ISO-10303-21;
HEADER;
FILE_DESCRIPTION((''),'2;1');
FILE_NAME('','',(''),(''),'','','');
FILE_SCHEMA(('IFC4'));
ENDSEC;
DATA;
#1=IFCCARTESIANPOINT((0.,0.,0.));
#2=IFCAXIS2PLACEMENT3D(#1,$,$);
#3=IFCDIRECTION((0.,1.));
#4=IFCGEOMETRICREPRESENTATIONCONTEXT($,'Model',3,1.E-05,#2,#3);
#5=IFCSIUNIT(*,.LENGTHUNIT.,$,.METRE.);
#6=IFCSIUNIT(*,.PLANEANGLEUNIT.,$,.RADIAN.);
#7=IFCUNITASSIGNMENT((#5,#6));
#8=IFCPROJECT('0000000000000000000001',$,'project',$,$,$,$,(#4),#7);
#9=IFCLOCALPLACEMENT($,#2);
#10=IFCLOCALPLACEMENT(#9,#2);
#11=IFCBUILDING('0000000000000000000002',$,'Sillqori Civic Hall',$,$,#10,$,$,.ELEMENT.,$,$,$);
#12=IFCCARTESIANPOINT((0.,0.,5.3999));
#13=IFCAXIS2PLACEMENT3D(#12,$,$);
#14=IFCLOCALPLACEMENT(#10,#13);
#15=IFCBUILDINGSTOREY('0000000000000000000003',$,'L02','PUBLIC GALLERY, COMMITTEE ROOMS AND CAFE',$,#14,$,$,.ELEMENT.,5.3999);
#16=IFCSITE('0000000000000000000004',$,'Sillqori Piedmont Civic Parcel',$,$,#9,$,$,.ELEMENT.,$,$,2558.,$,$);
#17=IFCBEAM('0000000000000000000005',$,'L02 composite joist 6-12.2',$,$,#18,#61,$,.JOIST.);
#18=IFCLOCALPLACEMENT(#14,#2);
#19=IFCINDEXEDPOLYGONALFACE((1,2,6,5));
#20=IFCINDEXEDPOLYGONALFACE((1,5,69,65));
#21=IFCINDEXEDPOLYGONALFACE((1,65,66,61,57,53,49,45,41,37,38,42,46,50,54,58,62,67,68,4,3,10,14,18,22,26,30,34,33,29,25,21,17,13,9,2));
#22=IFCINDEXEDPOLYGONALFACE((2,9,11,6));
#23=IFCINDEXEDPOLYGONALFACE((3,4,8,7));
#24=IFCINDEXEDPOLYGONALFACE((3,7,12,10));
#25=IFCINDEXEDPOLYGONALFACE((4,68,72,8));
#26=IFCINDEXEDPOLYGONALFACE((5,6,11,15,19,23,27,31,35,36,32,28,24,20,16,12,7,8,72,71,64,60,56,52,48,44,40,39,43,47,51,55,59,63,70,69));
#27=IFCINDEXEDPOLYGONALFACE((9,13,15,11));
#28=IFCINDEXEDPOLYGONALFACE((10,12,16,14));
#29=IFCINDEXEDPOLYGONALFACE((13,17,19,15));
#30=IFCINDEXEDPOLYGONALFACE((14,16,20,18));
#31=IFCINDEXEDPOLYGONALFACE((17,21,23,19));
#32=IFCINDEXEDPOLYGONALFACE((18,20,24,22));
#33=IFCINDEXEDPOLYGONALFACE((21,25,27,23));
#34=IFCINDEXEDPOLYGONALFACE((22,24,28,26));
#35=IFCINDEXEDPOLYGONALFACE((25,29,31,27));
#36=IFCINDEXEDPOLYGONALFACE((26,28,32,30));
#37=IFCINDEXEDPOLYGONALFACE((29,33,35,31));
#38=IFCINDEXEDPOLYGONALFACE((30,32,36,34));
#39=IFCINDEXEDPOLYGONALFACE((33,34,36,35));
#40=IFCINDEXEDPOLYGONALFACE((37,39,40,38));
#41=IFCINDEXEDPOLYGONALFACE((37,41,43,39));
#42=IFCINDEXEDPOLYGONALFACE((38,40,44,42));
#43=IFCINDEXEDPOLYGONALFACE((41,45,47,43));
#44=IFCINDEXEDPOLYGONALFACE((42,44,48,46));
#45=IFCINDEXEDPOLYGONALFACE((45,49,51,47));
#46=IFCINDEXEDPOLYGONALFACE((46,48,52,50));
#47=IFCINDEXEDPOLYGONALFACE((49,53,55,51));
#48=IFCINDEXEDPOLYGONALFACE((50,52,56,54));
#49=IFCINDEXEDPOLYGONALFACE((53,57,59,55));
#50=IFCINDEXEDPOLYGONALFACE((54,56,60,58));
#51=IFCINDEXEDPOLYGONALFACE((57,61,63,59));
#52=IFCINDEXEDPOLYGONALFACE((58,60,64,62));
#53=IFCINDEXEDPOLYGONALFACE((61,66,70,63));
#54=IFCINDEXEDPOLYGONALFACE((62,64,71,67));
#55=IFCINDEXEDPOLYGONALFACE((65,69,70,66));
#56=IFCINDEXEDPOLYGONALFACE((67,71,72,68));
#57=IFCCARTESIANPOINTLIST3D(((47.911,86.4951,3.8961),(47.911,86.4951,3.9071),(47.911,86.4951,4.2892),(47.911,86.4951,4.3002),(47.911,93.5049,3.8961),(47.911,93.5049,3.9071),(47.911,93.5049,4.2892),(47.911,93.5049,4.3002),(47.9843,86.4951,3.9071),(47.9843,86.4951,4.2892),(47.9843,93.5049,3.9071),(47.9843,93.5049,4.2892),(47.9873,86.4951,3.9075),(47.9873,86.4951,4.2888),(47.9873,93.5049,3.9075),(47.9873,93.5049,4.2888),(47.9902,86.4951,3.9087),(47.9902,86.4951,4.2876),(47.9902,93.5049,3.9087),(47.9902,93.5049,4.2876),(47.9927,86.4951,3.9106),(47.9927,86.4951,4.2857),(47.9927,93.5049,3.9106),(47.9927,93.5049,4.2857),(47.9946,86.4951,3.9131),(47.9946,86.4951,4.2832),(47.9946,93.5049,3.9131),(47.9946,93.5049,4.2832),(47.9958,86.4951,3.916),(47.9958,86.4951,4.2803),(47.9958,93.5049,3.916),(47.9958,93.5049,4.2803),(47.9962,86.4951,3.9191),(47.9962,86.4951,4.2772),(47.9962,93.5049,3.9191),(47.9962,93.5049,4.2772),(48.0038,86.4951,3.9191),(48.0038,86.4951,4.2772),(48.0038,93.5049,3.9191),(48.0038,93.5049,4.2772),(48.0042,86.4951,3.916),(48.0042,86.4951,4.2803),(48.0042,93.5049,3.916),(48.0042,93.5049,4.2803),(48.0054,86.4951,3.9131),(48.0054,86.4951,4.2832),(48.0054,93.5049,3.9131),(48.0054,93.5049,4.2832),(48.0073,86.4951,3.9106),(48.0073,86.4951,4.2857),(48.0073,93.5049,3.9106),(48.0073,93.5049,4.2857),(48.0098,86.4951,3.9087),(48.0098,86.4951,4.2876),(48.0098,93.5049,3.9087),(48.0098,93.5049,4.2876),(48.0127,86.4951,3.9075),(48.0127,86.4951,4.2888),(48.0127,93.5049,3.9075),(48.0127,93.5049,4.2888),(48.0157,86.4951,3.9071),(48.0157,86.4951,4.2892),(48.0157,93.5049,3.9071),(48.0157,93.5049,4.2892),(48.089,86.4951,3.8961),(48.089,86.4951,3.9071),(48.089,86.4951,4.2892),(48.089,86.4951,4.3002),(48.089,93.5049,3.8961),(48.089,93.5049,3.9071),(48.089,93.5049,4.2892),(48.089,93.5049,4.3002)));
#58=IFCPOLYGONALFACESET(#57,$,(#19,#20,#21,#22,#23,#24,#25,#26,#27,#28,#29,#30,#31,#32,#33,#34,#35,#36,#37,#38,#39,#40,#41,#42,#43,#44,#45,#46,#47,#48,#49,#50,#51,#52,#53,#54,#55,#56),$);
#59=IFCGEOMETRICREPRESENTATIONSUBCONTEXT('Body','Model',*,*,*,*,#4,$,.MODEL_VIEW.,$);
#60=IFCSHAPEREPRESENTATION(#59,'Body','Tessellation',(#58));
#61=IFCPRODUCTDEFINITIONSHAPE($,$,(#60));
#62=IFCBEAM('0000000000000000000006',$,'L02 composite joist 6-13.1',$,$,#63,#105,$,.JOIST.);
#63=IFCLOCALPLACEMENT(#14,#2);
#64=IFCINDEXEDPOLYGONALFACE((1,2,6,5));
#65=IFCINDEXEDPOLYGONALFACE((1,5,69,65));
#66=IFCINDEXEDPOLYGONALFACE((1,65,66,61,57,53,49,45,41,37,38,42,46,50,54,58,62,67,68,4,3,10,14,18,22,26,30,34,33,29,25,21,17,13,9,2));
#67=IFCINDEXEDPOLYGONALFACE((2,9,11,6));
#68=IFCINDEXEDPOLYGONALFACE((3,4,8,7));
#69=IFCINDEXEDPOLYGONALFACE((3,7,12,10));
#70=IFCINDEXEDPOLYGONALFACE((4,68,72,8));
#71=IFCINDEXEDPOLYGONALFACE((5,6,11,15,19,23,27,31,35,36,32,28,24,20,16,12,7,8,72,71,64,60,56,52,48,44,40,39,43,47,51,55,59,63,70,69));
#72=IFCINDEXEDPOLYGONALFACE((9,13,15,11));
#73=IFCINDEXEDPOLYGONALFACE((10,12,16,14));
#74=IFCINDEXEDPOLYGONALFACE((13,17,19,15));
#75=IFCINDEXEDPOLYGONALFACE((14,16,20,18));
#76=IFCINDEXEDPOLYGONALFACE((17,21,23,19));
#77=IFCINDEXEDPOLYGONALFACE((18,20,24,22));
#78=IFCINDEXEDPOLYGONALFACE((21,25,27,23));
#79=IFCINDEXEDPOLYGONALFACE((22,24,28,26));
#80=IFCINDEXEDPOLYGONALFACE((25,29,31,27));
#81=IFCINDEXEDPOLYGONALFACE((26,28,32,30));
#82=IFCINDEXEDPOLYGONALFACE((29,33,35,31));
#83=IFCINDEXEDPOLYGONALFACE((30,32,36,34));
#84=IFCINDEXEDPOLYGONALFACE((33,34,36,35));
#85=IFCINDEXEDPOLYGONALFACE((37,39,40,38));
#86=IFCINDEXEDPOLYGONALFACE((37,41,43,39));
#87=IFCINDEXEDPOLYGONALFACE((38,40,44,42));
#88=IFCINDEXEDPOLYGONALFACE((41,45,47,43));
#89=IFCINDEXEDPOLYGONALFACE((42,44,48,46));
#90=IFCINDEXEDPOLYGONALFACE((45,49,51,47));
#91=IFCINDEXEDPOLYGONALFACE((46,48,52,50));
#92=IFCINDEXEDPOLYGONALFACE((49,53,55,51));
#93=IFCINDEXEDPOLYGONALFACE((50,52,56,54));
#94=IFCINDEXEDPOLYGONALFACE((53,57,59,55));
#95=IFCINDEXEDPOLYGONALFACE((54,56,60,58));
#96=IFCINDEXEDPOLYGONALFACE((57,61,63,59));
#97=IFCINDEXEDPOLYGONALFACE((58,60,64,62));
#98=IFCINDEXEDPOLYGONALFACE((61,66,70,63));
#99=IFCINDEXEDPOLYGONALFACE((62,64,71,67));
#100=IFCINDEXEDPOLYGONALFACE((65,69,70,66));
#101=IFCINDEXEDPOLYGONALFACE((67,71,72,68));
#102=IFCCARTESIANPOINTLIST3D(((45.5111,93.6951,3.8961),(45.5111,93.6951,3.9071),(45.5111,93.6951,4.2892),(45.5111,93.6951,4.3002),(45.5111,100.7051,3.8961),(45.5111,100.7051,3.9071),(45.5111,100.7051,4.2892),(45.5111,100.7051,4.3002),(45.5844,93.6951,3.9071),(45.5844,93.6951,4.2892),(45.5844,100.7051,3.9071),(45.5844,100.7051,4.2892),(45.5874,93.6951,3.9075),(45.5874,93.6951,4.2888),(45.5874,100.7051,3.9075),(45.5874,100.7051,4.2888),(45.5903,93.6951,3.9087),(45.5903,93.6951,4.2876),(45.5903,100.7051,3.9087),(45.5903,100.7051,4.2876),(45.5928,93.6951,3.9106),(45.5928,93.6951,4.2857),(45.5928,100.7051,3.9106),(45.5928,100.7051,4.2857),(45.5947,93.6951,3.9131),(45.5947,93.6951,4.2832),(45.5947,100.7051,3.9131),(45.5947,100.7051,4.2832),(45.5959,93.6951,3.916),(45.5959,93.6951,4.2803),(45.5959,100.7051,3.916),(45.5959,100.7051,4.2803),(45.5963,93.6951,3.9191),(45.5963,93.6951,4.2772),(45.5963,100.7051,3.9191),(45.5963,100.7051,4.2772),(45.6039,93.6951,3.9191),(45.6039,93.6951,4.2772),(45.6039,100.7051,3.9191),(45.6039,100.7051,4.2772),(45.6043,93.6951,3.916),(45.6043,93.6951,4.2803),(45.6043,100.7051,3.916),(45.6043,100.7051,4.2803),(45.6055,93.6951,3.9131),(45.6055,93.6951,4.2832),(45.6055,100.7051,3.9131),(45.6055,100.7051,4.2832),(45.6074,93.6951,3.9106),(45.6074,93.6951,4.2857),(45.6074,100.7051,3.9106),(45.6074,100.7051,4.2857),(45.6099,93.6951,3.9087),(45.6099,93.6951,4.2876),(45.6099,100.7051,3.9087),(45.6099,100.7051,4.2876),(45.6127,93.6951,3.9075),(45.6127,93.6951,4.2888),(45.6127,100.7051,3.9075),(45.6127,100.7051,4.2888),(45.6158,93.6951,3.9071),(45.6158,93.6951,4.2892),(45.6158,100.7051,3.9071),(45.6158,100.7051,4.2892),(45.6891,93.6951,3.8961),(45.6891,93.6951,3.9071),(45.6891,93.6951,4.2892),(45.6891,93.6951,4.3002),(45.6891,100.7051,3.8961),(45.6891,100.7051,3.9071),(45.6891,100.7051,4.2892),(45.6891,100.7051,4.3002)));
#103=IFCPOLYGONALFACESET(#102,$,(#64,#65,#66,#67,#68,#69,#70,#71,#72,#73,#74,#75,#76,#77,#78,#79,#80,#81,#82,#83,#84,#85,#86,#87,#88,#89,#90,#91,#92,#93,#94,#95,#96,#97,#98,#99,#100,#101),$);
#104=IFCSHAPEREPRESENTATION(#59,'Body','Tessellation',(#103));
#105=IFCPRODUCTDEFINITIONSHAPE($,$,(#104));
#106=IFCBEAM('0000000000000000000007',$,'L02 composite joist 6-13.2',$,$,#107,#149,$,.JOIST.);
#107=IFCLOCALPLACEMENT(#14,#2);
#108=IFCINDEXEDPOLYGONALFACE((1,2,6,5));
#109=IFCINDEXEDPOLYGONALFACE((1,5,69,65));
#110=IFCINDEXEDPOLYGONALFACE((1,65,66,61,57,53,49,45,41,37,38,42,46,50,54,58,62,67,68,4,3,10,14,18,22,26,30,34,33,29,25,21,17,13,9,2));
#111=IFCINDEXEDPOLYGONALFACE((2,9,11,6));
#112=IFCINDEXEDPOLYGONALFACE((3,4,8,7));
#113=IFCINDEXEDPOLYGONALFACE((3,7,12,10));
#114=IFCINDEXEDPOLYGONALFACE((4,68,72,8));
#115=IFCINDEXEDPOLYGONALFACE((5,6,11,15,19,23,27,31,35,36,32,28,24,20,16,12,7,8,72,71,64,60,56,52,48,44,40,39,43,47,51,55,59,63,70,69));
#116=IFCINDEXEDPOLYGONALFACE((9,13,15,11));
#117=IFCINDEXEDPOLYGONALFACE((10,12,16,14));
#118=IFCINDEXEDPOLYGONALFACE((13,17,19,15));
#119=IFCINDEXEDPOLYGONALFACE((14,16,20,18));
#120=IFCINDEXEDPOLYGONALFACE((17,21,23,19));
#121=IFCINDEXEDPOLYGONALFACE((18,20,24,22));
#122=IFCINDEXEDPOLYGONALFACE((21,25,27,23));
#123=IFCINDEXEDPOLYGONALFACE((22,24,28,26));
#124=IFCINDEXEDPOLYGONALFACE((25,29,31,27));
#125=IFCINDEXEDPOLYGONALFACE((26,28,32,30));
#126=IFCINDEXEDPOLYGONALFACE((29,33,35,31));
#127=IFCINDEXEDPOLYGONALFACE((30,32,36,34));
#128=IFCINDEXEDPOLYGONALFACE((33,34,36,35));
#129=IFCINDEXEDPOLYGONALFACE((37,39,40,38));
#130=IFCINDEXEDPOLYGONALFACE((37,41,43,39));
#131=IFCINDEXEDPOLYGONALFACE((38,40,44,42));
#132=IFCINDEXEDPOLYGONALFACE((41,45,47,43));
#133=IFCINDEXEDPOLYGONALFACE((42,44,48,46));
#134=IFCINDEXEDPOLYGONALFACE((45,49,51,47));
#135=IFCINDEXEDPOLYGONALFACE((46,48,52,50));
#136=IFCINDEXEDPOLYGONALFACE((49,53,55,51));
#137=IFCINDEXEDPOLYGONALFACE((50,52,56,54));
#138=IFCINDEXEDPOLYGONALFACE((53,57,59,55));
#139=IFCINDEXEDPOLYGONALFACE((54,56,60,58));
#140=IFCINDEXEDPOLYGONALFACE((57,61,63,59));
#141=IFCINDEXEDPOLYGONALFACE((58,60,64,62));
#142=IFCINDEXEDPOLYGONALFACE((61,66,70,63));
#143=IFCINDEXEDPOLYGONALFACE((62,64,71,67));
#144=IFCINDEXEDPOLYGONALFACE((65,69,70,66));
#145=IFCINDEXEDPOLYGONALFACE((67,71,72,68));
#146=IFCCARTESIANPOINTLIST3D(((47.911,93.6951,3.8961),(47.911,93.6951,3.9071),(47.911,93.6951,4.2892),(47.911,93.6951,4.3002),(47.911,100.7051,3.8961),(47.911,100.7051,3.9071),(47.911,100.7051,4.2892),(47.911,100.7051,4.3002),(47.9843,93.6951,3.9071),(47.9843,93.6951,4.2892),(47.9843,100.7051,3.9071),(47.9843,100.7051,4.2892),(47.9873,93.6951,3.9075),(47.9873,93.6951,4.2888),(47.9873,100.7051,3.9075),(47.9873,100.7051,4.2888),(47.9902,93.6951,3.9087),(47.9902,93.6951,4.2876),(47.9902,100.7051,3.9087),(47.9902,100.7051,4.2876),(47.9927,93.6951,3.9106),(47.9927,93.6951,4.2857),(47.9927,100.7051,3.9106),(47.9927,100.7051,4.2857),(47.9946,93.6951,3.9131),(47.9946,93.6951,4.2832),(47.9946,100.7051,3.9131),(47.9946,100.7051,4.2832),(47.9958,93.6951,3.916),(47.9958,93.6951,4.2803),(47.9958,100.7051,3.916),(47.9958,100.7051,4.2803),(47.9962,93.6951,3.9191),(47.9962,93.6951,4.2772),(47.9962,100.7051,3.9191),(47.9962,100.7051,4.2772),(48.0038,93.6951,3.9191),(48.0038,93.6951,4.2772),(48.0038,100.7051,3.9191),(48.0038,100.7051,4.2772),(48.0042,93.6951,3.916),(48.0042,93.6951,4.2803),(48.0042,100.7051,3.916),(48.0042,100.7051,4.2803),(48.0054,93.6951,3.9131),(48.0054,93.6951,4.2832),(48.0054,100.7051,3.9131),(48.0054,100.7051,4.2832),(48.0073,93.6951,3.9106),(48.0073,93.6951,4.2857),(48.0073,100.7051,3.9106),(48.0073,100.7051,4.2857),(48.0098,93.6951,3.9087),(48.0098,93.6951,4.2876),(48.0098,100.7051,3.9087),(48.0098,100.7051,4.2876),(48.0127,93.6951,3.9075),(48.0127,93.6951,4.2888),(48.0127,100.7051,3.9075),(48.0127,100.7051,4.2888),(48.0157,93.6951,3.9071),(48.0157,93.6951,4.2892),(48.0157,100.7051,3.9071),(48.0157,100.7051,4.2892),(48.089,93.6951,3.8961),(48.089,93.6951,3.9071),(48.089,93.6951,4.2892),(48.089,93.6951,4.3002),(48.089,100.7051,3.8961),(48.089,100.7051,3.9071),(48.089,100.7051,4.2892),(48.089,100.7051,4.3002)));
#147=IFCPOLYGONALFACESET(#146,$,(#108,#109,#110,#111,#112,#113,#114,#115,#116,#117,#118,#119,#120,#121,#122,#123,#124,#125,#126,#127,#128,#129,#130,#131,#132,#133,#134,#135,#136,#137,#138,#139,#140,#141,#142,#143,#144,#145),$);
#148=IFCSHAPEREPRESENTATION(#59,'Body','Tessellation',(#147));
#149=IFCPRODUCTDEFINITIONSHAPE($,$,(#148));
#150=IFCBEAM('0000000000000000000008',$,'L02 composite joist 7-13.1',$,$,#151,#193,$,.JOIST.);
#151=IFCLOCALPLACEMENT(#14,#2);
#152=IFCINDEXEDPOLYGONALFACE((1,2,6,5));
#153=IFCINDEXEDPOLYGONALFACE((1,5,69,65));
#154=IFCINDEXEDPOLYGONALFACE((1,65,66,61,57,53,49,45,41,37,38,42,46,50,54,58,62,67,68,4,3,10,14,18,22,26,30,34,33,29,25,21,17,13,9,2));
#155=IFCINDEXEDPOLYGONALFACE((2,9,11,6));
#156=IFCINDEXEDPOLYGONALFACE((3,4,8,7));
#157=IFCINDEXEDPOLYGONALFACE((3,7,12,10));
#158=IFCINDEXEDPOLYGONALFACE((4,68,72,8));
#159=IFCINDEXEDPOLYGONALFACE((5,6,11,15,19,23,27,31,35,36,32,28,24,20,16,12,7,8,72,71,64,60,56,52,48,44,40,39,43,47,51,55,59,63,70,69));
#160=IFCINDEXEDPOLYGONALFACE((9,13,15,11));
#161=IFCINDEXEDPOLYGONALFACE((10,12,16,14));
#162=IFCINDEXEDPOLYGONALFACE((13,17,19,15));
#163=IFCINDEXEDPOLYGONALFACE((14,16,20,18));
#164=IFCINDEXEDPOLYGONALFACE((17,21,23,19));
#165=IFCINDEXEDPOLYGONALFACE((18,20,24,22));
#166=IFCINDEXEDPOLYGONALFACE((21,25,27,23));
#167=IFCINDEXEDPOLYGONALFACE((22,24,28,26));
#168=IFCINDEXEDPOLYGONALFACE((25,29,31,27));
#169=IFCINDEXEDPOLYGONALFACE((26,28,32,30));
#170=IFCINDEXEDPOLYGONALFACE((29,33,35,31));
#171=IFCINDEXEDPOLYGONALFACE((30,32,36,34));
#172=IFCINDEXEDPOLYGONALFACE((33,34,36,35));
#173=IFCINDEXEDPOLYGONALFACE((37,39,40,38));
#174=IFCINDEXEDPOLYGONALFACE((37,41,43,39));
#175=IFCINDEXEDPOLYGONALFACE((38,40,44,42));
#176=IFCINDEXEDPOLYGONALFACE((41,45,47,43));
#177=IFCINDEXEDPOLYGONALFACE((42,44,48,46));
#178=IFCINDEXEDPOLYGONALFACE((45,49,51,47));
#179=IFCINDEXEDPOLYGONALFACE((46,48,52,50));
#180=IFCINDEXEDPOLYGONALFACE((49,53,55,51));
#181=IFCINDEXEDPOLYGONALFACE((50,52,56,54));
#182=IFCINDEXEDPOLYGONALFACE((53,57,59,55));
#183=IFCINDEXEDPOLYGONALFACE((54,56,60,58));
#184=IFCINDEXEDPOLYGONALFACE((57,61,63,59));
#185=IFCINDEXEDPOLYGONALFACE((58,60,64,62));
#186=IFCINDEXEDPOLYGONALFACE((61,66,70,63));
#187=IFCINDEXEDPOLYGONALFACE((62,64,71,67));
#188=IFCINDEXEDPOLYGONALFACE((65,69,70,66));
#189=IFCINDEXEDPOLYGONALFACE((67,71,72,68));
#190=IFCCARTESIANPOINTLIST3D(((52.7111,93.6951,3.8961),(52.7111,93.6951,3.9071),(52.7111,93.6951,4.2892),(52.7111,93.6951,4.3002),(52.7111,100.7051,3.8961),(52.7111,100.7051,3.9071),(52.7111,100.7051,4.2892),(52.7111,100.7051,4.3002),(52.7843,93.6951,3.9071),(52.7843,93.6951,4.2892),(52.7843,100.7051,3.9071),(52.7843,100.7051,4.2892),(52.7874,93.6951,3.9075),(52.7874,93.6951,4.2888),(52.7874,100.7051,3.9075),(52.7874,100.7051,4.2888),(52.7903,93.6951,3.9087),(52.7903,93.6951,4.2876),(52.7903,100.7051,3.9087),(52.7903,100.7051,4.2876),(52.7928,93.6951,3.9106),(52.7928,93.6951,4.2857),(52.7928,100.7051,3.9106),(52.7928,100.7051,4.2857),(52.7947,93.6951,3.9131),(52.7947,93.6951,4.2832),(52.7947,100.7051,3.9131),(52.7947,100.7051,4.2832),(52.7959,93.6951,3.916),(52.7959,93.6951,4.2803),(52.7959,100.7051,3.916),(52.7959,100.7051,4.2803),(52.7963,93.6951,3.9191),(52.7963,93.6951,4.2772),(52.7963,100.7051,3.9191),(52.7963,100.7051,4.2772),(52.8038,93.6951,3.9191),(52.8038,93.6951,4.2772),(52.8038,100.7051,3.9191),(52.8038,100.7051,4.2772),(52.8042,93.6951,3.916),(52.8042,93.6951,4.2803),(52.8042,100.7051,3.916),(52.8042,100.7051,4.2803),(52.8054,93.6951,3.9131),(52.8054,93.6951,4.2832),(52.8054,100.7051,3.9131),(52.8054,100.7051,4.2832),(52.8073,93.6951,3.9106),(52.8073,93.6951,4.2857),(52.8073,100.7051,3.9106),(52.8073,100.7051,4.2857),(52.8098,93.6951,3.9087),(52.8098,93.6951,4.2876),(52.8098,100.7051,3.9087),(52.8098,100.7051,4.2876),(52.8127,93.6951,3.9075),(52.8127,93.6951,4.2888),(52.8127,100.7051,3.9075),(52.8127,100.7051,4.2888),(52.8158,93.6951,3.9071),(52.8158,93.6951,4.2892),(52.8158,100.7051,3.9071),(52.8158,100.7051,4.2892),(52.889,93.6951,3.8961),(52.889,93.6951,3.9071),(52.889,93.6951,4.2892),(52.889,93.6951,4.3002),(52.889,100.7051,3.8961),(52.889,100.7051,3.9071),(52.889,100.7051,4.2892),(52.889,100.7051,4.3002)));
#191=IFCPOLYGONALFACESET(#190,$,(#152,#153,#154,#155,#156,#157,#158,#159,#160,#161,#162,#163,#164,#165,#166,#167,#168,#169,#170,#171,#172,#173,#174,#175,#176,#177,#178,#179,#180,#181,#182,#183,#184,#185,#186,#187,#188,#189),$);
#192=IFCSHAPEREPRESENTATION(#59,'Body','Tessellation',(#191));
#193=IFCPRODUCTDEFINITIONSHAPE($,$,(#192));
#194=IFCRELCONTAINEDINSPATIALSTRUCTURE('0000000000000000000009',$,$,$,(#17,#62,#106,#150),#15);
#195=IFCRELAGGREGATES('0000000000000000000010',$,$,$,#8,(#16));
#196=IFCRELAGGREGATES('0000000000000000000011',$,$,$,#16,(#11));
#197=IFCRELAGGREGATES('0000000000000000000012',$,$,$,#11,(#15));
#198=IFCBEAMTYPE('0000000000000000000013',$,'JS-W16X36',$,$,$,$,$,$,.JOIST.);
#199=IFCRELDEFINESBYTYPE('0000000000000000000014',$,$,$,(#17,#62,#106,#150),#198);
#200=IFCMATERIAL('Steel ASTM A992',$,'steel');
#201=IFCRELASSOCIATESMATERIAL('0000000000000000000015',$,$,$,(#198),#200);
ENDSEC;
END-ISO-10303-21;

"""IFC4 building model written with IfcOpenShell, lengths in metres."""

from ifc_helpers import new_model, si_unit, direction, frame, origin, origin_2d, place, context, subcontext, project, spatial, i_section, extrude, material, material_profile, profile_set, type_object, element, save


model = new_model("IFC4")

# Units and contexts
model_context = context("Model", 3, precision=1e-05, world=origin(), true_north=direction((0.0, 1.0)))
body_context = subcontext(model_context, "Body", "Model", "MODEL_VIEW")
ifc_project = project(units=[si_unit("LENGTHUNIT", "METRE"), si_unit("PLANEANGLEUNIT", "RADIAN")], contexts=[model_context])

# Site, building, storey
site_placement = place(None, origin())
site = spatial("IfcSite", under=ifc_project, at=site_placement, Name="Sillqori Piedmont Civic Parcel", CompositionType="ELEMENT", RefElevation=2558.0)
building_placement = place(site_placement, origin())
building = spatial("IfcBuilding", under=site, at=building_placement, Name="Sillqori Civic Hall", CompositionType="ELEMENT")
storey_placement = place(building_placement, frame((0.0, 0.0, 5.3999)))
storey = spatial("IfcBuildingStorey", under=building, at=storey_placement, Name="L02", Description="PUBLIC GALLERY, COMMITTEE ROOMS AND CAFE", CompositionType="ELEMENT", Elevation=5.3999)

# Shared definitions
ifc_material_1 = material(Name="Steel ASTM A992", Category="steel")

# Beams
ifc_material_profile_1 = material_profile(ifc_material_1, i_section(OverallWidth=0.178, OverallDepth=0.4041, WebThickness=0.0076, FlangeThickness=0.011, FilletRadius=0.012, at=origin_2d()), Name="W16X36")
ifc_profile_set_1 = profile_set([ifc_material_profile_1], Name="Steel ASTM A992")
beam_type_1 = type_object("IfcBeamType", Name="JS-W16X36", PredefinedType="JOIST", material=ifc_profile_set_1)
beam_1_placement = place(storey_placement, frame((48.0, 86.4951, 4.0981), z_axis=(0.0, 1.0, 0.0), x_axis=(-1.0, 0.0, 0.0)))
element("IfcBeam", 1, at=beam_1_placement, inside=storey, type_object=beam_type_1, Name="L02 composite joist 6-12.2", PredefinedType="JOIST", context=body_context, shape_type="SweptSolid", body=[
    extrude(i_section(OverallWidth=0.178, OverallDepth=0.4041, WebThickness=0.0076, FlangeThickness=0.011, FilletRadius=0.012, at=origin_2d()), origin(), (0.0, 0.0, 1.0), 7.0098),
])
for number, where, z_axis, x_axis, name in (
    (2, (45.6001, 93.6951, 4.0981), (0.0, 1.0, 0.0), (-1.0, 0.0, 0.0), "L02 composite joist 6-13.1"),
    (3, (48.0, 93.6951, 4.0981), (0.0, 1.0, 0.0), (-1.0, 0.0, 0.0), "L02 composite joist 6-13.2"),
    (4, (52.8, 93.6951, 4.0981), (0.0, 1.0, 0.0), (-1.0, 0.0, 0.0), "L02 composite joist 7-13.1"),
):
    element("IfcBeam", number, at=place(storey_placement, frame(where, z_axis=z_axis, x_axis=x_axis)), inside=storey, type_object=beam_type_1, Name=name, PredefinedType="JOIST", context=body_context, shape_type="SweptSolid", body=[
        extrude(i_section(OverallWidth=0.178, OverallDepth=0.4041, WebThickness=0.0076, FlangeThickness=0.011, FilletRadius=0.012, at=origin_2d()), origin(), (0.0, 0.0, 1.0), 7.01),
    ])

save(model, "model.ifc")
